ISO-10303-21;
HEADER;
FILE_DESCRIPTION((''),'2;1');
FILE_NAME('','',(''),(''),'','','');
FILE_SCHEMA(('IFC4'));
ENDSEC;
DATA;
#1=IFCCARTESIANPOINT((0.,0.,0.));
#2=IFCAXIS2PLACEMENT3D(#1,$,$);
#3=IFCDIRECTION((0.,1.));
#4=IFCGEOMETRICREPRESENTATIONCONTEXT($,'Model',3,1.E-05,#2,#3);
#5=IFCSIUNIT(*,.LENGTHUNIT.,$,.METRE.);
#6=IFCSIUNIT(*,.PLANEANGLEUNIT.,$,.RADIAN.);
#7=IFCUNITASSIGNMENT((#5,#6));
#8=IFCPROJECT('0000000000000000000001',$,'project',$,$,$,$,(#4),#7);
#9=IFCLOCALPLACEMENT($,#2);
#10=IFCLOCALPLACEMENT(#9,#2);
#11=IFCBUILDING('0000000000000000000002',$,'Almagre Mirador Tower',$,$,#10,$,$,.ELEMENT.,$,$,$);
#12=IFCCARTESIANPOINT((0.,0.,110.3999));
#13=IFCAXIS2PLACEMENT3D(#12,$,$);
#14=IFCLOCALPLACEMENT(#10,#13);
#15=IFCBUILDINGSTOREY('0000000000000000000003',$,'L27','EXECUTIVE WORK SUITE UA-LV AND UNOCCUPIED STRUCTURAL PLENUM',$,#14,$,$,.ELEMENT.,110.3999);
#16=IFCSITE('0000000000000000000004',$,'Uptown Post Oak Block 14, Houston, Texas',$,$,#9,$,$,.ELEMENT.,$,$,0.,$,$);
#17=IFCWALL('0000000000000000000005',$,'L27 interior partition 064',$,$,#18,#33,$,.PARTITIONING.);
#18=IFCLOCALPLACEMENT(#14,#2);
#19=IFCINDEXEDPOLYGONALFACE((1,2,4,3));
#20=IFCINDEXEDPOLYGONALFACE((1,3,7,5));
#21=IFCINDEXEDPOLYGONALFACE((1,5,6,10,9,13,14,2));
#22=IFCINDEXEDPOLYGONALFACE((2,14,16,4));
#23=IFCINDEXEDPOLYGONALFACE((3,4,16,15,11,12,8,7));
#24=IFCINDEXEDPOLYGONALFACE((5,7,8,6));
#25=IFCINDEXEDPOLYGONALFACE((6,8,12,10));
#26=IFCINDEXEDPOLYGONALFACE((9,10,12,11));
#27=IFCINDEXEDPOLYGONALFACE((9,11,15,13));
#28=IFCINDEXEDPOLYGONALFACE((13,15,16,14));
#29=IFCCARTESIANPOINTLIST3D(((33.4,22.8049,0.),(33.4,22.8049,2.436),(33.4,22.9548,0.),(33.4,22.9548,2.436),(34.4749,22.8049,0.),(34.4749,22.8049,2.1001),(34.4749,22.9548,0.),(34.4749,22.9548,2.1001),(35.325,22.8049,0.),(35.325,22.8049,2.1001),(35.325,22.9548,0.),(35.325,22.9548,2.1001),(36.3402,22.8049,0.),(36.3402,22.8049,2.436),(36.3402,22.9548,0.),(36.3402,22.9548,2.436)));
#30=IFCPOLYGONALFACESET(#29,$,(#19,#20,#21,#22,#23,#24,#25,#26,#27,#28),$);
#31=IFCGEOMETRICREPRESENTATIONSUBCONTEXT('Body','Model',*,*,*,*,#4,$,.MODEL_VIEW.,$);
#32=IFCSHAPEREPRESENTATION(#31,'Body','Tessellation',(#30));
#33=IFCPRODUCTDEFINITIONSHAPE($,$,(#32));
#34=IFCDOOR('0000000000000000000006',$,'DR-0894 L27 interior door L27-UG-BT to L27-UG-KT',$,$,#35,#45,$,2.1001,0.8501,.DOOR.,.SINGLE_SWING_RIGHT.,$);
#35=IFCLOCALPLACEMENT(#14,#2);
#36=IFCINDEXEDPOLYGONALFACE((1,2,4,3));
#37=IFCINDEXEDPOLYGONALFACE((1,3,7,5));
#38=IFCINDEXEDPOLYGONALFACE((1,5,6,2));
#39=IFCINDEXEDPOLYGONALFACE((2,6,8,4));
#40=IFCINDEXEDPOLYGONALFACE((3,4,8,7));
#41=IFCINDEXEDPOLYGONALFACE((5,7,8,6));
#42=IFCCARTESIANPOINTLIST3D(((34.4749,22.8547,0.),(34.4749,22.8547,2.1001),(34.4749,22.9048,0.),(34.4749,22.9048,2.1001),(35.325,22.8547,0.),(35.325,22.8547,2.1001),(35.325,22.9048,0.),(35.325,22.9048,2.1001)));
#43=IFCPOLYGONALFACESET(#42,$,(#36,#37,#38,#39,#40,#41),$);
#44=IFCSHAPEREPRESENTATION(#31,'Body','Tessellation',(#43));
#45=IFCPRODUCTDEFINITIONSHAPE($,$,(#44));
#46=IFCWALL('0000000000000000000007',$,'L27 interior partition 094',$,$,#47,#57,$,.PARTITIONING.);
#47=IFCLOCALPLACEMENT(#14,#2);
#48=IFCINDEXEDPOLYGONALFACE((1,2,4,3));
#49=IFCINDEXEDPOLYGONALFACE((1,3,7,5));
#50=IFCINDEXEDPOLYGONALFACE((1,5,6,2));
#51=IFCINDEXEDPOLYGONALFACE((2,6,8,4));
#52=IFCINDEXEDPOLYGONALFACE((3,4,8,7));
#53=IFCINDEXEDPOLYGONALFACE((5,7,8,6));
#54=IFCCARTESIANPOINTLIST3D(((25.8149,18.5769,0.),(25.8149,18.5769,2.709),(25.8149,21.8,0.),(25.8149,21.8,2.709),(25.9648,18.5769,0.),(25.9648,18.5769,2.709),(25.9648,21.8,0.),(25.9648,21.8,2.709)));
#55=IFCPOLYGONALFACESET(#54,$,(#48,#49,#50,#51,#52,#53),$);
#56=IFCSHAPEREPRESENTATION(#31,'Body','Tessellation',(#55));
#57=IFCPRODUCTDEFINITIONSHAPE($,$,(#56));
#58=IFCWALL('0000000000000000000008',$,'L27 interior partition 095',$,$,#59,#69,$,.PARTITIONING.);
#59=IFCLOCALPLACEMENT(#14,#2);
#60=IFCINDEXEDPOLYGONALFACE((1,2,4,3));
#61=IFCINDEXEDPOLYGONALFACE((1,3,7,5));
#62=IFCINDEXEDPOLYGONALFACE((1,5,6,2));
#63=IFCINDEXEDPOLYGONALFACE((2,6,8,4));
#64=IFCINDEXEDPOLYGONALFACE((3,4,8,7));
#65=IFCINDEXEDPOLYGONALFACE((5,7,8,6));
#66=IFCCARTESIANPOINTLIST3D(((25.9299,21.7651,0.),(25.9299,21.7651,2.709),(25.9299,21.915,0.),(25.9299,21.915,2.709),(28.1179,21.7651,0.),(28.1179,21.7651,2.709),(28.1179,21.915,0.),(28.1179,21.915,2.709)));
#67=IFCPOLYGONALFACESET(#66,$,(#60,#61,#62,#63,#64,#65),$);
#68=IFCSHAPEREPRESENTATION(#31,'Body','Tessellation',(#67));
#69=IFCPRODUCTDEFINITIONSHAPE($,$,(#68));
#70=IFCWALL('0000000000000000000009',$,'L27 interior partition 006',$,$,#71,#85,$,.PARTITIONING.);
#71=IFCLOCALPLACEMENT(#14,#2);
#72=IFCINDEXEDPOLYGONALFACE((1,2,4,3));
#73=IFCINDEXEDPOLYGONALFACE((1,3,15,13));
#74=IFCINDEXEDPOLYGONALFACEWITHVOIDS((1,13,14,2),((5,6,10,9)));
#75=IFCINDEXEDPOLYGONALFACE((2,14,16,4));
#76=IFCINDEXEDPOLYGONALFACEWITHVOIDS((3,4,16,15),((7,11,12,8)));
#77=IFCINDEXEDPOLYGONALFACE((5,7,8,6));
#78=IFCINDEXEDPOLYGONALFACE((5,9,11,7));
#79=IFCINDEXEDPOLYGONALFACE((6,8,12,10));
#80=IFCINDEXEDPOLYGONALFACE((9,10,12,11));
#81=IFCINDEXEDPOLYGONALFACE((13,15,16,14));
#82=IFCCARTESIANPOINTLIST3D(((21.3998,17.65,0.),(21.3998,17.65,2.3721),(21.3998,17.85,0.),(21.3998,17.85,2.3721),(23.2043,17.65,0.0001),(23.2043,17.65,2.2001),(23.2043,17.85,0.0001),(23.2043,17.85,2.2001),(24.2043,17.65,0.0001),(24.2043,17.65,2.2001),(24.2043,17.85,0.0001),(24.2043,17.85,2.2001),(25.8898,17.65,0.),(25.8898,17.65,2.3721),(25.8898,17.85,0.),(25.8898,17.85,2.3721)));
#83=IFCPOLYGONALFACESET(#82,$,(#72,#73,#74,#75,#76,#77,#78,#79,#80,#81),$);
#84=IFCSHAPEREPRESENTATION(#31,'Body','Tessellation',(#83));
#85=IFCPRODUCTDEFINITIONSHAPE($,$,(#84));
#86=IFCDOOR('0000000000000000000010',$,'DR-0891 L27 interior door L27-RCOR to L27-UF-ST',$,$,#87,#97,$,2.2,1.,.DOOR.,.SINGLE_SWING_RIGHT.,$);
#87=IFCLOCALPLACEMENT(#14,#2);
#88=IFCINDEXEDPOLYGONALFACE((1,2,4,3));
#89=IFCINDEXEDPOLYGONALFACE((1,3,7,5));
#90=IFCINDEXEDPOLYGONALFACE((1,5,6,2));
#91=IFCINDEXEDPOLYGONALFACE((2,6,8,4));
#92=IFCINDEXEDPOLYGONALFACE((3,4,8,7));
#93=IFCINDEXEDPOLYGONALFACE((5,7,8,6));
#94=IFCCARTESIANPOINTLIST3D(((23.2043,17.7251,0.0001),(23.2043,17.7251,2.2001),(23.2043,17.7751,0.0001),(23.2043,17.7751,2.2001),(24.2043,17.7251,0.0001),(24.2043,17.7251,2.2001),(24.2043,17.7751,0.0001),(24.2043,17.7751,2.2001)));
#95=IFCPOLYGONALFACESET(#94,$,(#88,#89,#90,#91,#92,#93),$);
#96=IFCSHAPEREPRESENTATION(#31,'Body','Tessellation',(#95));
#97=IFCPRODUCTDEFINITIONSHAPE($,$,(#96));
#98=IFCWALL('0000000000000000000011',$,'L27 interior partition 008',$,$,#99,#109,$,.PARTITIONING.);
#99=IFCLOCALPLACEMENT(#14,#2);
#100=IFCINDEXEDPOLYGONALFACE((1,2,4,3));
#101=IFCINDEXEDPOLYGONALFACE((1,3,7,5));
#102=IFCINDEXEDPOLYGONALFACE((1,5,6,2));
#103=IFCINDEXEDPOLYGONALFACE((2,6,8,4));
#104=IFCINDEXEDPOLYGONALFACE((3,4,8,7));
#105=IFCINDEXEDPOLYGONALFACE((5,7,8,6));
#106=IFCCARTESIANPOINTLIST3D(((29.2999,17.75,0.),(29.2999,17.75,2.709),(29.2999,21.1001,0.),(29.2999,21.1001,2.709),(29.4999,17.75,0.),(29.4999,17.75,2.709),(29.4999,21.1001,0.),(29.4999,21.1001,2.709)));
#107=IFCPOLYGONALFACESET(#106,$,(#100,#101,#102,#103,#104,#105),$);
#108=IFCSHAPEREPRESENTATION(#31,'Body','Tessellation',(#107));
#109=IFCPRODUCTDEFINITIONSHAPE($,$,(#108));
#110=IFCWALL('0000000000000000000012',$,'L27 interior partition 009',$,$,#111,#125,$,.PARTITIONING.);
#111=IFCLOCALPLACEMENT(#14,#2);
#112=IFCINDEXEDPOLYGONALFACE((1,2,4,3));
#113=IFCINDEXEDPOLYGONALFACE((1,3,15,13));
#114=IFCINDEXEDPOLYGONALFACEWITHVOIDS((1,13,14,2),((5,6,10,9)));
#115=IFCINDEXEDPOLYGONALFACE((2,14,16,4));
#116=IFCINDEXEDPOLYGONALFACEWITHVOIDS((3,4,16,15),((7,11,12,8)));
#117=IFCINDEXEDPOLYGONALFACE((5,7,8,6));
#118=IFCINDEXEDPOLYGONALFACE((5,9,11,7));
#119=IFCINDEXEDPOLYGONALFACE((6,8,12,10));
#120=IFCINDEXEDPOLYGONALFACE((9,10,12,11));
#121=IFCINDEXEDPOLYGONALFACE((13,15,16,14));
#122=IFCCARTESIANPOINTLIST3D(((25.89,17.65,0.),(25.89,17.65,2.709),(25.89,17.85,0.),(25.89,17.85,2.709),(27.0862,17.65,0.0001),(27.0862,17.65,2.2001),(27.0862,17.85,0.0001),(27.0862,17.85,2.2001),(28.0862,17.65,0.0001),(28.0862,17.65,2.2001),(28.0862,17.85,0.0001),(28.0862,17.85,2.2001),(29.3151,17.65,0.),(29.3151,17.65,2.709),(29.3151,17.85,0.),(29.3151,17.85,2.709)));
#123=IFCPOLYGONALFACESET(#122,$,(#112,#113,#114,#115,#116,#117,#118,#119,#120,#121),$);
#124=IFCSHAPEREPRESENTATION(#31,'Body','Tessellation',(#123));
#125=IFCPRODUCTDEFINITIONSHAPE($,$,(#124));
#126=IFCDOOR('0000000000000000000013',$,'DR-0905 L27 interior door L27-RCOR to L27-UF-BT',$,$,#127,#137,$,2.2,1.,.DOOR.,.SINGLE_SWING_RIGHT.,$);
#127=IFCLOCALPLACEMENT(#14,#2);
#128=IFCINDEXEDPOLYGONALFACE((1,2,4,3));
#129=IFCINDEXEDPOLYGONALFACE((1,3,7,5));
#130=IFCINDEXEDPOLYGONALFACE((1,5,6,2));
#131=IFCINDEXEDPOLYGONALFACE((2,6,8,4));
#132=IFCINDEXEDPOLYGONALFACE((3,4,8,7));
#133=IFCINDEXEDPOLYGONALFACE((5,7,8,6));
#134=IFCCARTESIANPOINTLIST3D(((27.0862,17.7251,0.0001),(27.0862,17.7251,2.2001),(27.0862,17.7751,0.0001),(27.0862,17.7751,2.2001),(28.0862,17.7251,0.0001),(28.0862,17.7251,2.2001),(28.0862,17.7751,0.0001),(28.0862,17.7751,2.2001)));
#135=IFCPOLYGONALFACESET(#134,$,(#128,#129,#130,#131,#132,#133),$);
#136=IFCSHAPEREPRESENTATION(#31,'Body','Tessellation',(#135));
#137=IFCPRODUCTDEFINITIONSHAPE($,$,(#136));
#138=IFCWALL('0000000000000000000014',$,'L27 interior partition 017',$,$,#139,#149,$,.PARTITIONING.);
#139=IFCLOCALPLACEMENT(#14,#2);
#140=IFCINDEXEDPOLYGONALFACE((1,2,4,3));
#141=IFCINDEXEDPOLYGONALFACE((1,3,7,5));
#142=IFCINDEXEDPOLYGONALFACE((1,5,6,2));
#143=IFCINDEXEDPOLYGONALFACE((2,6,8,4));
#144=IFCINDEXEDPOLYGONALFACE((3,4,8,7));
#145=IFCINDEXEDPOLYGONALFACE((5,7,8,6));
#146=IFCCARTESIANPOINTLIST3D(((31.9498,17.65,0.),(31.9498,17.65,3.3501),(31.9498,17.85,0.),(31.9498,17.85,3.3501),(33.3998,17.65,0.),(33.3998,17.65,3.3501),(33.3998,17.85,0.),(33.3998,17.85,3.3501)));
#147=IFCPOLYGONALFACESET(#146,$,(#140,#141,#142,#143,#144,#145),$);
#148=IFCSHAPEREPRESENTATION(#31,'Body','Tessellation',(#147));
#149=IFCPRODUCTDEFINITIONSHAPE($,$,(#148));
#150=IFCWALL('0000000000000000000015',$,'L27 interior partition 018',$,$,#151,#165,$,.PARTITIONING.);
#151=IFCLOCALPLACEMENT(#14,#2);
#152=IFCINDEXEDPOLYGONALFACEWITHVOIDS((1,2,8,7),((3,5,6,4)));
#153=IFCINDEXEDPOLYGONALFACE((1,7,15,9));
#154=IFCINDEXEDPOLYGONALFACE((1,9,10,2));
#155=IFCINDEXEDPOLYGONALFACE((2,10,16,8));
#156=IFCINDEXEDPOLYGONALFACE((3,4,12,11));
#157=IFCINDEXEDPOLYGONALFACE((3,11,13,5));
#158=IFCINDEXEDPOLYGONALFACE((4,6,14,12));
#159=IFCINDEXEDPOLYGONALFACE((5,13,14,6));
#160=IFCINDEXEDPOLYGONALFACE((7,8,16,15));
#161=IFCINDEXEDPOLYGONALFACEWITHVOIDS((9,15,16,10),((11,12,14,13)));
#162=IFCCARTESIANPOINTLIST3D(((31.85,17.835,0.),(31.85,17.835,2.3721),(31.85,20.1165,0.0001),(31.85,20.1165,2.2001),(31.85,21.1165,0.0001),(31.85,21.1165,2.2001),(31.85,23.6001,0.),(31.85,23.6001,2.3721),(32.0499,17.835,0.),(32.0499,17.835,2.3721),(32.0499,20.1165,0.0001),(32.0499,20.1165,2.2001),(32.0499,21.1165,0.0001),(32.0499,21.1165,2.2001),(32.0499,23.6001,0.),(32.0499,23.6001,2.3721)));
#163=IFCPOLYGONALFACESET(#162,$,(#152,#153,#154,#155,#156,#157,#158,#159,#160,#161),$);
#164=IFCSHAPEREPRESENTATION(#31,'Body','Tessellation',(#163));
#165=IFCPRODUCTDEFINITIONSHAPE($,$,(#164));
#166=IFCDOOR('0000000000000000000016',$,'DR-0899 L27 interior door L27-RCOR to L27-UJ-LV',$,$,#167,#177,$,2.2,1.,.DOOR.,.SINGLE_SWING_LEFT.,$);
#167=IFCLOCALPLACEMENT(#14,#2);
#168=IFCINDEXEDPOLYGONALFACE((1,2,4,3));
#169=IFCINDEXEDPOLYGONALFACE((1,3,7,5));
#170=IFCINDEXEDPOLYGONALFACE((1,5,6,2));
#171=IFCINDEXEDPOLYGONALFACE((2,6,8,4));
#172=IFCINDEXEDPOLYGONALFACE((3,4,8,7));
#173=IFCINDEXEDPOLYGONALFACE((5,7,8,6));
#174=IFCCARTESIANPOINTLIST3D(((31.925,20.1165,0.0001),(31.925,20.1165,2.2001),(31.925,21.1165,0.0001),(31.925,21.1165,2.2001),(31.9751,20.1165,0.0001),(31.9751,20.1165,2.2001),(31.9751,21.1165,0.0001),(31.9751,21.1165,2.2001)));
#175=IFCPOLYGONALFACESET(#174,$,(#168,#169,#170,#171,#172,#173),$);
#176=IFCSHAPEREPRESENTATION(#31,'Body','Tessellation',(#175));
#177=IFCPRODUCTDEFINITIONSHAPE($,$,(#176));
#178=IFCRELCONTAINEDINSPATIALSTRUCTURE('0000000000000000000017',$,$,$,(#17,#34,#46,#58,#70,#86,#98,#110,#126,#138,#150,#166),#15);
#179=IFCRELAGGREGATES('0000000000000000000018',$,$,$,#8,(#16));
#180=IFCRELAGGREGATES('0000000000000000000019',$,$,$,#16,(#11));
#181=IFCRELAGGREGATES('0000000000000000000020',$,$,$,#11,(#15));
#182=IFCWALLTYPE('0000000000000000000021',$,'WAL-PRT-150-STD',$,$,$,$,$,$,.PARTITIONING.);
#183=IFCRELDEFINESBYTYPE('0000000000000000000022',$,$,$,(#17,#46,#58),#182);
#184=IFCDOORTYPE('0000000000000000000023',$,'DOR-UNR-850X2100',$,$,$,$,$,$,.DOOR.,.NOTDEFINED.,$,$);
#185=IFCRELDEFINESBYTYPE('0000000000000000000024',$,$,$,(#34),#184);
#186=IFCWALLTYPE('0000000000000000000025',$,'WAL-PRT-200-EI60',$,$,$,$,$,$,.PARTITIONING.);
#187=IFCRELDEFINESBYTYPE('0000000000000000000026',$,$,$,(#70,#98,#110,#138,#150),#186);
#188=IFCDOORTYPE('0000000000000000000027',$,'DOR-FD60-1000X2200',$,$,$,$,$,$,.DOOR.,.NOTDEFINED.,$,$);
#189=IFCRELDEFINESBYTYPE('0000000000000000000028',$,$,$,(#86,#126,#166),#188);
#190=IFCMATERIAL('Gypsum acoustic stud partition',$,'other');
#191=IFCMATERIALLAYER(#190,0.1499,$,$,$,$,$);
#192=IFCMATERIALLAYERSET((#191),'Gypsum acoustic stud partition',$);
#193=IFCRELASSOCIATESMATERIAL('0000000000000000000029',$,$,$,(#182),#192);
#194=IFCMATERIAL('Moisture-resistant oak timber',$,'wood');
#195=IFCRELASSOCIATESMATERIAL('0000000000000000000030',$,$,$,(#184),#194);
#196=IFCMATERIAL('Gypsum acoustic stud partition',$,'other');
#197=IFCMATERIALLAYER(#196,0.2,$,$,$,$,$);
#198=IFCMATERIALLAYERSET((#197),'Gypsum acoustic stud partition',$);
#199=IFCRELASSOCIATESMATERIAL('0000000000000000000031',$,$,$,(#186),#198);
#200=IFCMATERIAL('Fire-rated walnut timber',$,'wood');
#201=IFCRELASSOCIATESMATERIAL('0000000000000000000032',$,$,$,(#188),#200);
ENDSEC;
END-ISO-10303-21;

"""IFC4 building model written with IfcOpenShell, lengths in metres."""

from ifc_helpers import new_model, si_unit, direction, frame, frame_2d, origin, place, context, subcontext, project, spatial, rectangle, extrude, material, layer, layer_set, type_object, element, fill, save


model = new_model("IFC4")

# Units and contexts
model_context = context("Model", 3, precision=1e-05, world=origin(), true_north=direction((0.0, 1.0)))
body_context = subcontext(model_context, "Body", "Model", "MODEL_VIEW")
ifc_project = project(units=[si_unit("LENGTHUNIT", "METRE"), si_unit("PLANEANGLEUNIT", "RADIAN")], contexts=[model_context])

# Site, building, storey
site_placement = place(None, origin())
site = spatial("IfcSite", under=ifc_project, at=site_placement, Name="Uptown Post Oak Block 14, Houston, Texas", CompositionType="ELEMENT", RefElevation=0.0)
building_placement = place(site_placement, origin())
building = spatial("IfcBuilding", under=site, at=building_placement, Name="Almagre Mirador Tower", CompositionType="ELEMENT")
storey_placement = place(building_placement, frame((0.0, 0.0, 110.3999)))
storey = spatial("IfcBuildingStorey", under=building, at=storey_placement, Name="L27", Description="EXECUTIVE WORK SUITE UA-LV AND UNOCCUPIED STRUCTURAL PLENUM", CompositionType="ELEMENT", Elevation=110.3999)

# Shared definitions
ifc_material_1 = material(Name="Gypsum acoustic stud partition", Category="other")
ifc_layer_1 = layer(ifc_material_1, 0.1499)
ifc_layer_set_1 = layer_set([ifc_layer_1], Name="Gypsum acoustic stud partition")
wall_type_1 = type_object("IfcWallType", Name="WAL-PRT-150-STD", PredefinedType="PARTITIONING", material=ifc_layer_set_1)

# Wall, opening, door
wall_1_placement = place(storey_placement, frame((33.3999, 22.8799, 0.0), z_axis=(0.0, 0.0, 1.0), x_axis=(1.0, 0.0, 0.0)))
wall_1 = element("IfcWall", 1, at=wall_1_placement, inside=storey, type_object=wall_type_1, Name="L27 interior partition 064", PredefinedType="PARTITIONING", context=body_context, shape_type="SweptSolid", body=[
    extrude(rectangle(XDim=2.9402, YDim=0.1499, at=frame_2d((1.4702, 0.0))), origin(), (0.0, 0.0, 1.0), 2.436),
])
opening_1_placement = place(wall_1_placement, frame((1.075, 0.0, 0.0)))
opening_1 = element("IfcOpeningElement", 2, at=opening_1_placement, cuts=wall_1, PredefinedType="OPENING", context=body_context, shape_type="SweptSolid", body=[
    extrude(rectangle(XDim=0.8501, YDim=2.1001, at=frame_2d((0.425, 1.05))), frame((0.0, 0.085, 0.0), z_axis=(0.0, -1.0, 0.0), x_axis=(1.0, 0.0, 0.0)), (0.0, 0.0, 1.0), 0.1699),
])
ifc_material_2 = material(Name="Moisture-resistant oak timber", Category="wood")
door_type_1 = type_object("IfcDoorType", Name="DOR-UNR-850X2100", OperationType="NOTDEFINED", PredefinedType="DOOR", material=ifc_material_2)
door_1_placement = place(opening_1_placement, origin())
door_1 = element("IfcDoor", 3, at=door_1_placement, inside=storey, type_object=door_type_1, Name="DR-0894 L27 interior door L27-UG-BT to L27-UG-KT", OperationType="SINGLE_SWING_RIGHT", OverallHeight=2.1001, OverallWidth=0.8501, PredefinedType="DOOR", context=body_context, shape_type="SweptSolid", body=[
    extrude(rectangle(XDim=0.8501, YDim=2.1001, at=frame_2d((0.425, 1.05))), frame((0.0, 0.0249, 0.0), z_axis=(0.0, -1.0, 0.0), x_axis=(1.0, 0.0, 0.0)), (0.0, 0.0, 1.0), 0.05),
])
fill(opening_1, door_1)

# Walls
wall_2_placement = place(storey_placement, frame((25.8899, 18.5769, 0.0), z_axis=(0.0, 0.0, 1.0), x_axis=(0.0, 1.0, 0.0)))
element("IfcWall", 4, at=wall_2_placement, inside=storey, type_object=wall_type_1, Name="L27 interior partition 094", PredefinedType="PARTITIONING", context=body_context, shape_type="SweptSolid", body=[
    extrude(rectangle(XDim=3.2231, YDim=0.1499, at=frame_2d((1.6116, 0.0))), origin(), (0.0, 0.0, 1.0), 2.709),
])
wall_3_placement = place(storey_placement, frame((25.9299, 21.8401, 0.0), z_axis=(0.0, 0.0, 1.0), x_axis=(1.0, 0.0, 0.0)))
element("IfcWall", 5, at=wall_3_placement, inside=storey, type_object=wall_type_1, Name="L27 interior partition 095", PredefinedType="PARTITIONING", context=body_context, shape_type="SweptSolid", body=[
    extrude(rectangle(XDim=2.188, YDim=0.1499, at=frame_2d((1.094, 0.0))), origin(), (0.0, 0.0, 1.0), 2.709),
])

# Wall, opening, door
ifc_material_3 = material(Name="Gypsum acoustic stud partition", Category="other")
ifc_layer_2 = layer(ifc_material_3, 0.2)
ifc_layer_set_2 = layer_set([ifc_layer_2], Name="Gypsum acoustic stud partition")
wall_type_2 = type_object("IfcWallType", Name="WAL-PRT-200-EI60", PredefinedType="PARTITIONING", material=ifc_layer_set_2)
wall_4_placement = place(storey_placement, frame((25.8899, 17.75, 0.0), z_axis=(0.0, 0.0, 1.0), x_axis=(-1.0, 0.0, 0.0)))
wall_4 = element("IfcWall", 6, at=wall_4_placement, inside=storey, type_object=wall_type_2, Name="L27 interior partition 006", PredefinedType="PARTITIONING", context=body_context, shape_type="SweptSolid", body=[
    extrude(rectangle(XDim=4.49, YDim=0.2, at=frame_2d((2.2451, 0.0))), origin(), (0.0, 0.0, 1.0), 2.3721),
])
opening_2_placement = place(wall_4_placement, frame((1.6855, 0.0, 0.0)))
opening_2 = element("IfcOpeningElement", 7, at=opening_2_placement, cuts=wall_4, PredefinedType="OPENING", context=body_context, shape_type="SweptSolid", body=[
    extrude(rectangle(XDim=1.0, YDim=2.2, at=frame_2d((0.5, 1.1001))), frame((0.0, 0.1101, 0.0), z_axis=(0.0, -1.0, 0.0), x_axis=(1.0, 0.0, 0.0)), (0.0, 0.0, 1.0), 0.22),
])
ifc_material_4 = material(Name="Fire-rated walnut timber", Category="wood")
door_type_2 = type_object("IfcDoorType", Name="DOR-FD60-1000X2200", OperationType="NOTDEFINED", PredefinedType="DOOR", material=ifc_material_4)
door_2_placement = place(opening_2_placement, origin())
door_2 = element("IfcDoor", 8, at=door_2_placement, inside=storey, type_object=door_type_2, Name="DR-0891 L27 interior door L27-RCOR to L27-UF-ST", OperationType="SINGLE_SWING_RIGHT", OverallHeight=2.2, OverallWidth=1.0, PredefinedType="DOOR", context=body_context, shape_type="SweptSolid", body=[
    extrude(rectangle(XDim=1.0, YDim=2.2, at=frame_2d((0.5, 1.1001))), frame((0.0, 0.0249, 0.0), z_axis=(0.0, -1.0, 0.0), x_axis=(1.0, 0.0, 0.0)), (0.0, 0.0, 1.0), 0.05),
])
fill(opening_2, door_2)

# Wall
wall_5_placement = place(storey_placement, frame((29.3999, 21.1001, 0.0), z_axis=(0.0, 0.0, 1.0), x_axis=(0.0, -1.0, 0.0)))
element("IfcWall", 9, at=wall_5_placement, inside=storey, type_object=wall_type_2, Name="L27 interior partition 008", PredefinedType="PARTITIONING", context=body_context, shape_type="SweptSolid", body=[
    extrude(rectangle(XDim=3.3501, YDim=0.2, at=frame_2d((1.675, 0.0))), origin(), (0.0, 0.0, 1.0), 2.709),
])

# Wall, opening, door
wall_6_placement = place(storey_placement, frame((29.3149, 17.75, 0.0), z_axis=(0.0, 0.0, 1.0), x_axis=(-1.0, 0.0, 0.0)))
wall_6 = element("IfcWall", 10, at=wall_6_placement, inside=storey, type_object=wall_type_2, Name="L27 interior partition 009", PredefinedType="PARTITIONING", context=body_context, shape_type="SweptSolid", body=[
    extrude(rectangle(XDim=3.425, YDim=0.2, at=frame_2d((1.7124, 0.0))), origin(), (0.0, 0.0, 1.0), 2.709),
])
opening_3_placement = place(wall_6_placement, frame((1.2288, 0.0, 0.0)))
opening_3 = element("IfcOpeningElement", 11, at=opening_3_placement, cuts=wall_6, PredefinedType="OPENING", context=body_context, shape_type="SweptSolid", body=[
    extrude(rectangle(XDim=1.0, YDim=2.2, at=frame_2d((0.5, 1.1001))), frame((0.0, 0.1101, 0.0), z_axis=(0.0, -1.0, 0.0), x_axis=(1.0, 0.0, 0.0)), (0.0, 0.0, 1.0), 0.22),
])
door_3_placement = place(opening_3_placement, origin())
door_3 = element("IfcDoor", 12, at=door_3_placement, inside=storey, type_object=door_type_2, Name="DR-0905 L27 interior door L27-RCOR to L27-UF-BT", OperationType="SINGLE_SWING_RIGHT", OverallHeight=2.2, OverallWidth=1.0, PredefinedType="DOOR", context=body_context, shape_type="SweptSolid", body=[
    extrude(rectangle(XDim=1.0, YDim=2.2, at=frame_2d((0.5, 1.1001))), frame((0.0, 0.0249, 0.0), z_axis=(0.0, -1.0, 0.0), x_axis=(1.0, 0.0, 0.0)), (0.0, 0.0, 1.0), 0.05),
])
fill(opening_3, door_3)

# Wall
wall_7_placement = place(storey_placement, frame((33.3999, 17.75, 0.0), z_axis=(0.0, 0.0, 1.0), x_axis=(-1.0, 0.0, 0.0)))
element("IfcWall", 13, at=wall_7_placement, inside=storey, type_object=wall_type_2, Name="L27 interior partition 017", PredefinedType="PARTITIONING", context=body_context, shape_type="SweptSolid", body=[
    extrude(rectangle(XDim=1.45, YDim=0.2, at=frame_2d((0.7251, 0.0))), origin(), (0.0, 0.0, 1.0), 3.3501),
])

# Wall, opening, door
wall_8_placement = place(storey_placement, frame((31.95, 17.835, 0.0), z_axis=(0.0, 0.0, 1.0), x_axis=(0.0, 1.0, 0.0)))
wall_8 = element("IfcWall", 14, at=wall_8_placement, inside=storey, type_object=wall_type_2, Name="L27 interior partition 018", PredefinedType="PARTITIONING", context=body_context, shape_type="SweptSolid", body=[
    extrude(rectangle(XDim=5.7651, YDim=0.2, at=frame_2d((2.8826, 0.0))), origin(), (0.0, 0.0, 1.0), 2.3721),
])
opening_4_placement = place(wall_8_placement, frame((2.2815, 0.0, 0.0)))
opening_4 = element("IfcOpeningElement", 15, at=opening_4_placement, cuts=wall_8, PredefinedType="OPENING", context=body_context, shape_type="SweptSolid", body=[
    extrude(rectangle(XDim=1.0, YDim=2.2, at=frame_2d((0.5, 1.1001))), frame((0.0, 0.1101, 0.0), z_axis=(0.0, -1.0, 0.0), x_axis=(1.0, 0.0, 0.0)), (0.0, 0.0, 1.0), 0.22),
])
door_4_placement = place(opening_4_placement, origin())
door_4 = element("IfcDoor", 16, at=door_4_placement, inside=storey, type_object=door_type_2, Name="DR-0899 L27 interior door L27-RCOR to L27-UJ-LV", OperationType="SINGLE_SWING_LEFT", OverallHeight=2.2, OverallWidth=1.0, PredefinedType="DOOR", context=body_context, shape_type="SweptSolid", body=[
    extrude(rectangle(XDim=1.0, YDim=2.2, at=frame_2d((0.5, 1.1001))), frame((0.0, 0.0249, 0.0), z_axis=(0.0, -1.0, 0.0), x_axis=(1.0, 0.0, 0.0)), (0.0, 0.0, 1.0), 0.05),
])
fill(opening_4, door_4)

save(model, "model.ifc")
